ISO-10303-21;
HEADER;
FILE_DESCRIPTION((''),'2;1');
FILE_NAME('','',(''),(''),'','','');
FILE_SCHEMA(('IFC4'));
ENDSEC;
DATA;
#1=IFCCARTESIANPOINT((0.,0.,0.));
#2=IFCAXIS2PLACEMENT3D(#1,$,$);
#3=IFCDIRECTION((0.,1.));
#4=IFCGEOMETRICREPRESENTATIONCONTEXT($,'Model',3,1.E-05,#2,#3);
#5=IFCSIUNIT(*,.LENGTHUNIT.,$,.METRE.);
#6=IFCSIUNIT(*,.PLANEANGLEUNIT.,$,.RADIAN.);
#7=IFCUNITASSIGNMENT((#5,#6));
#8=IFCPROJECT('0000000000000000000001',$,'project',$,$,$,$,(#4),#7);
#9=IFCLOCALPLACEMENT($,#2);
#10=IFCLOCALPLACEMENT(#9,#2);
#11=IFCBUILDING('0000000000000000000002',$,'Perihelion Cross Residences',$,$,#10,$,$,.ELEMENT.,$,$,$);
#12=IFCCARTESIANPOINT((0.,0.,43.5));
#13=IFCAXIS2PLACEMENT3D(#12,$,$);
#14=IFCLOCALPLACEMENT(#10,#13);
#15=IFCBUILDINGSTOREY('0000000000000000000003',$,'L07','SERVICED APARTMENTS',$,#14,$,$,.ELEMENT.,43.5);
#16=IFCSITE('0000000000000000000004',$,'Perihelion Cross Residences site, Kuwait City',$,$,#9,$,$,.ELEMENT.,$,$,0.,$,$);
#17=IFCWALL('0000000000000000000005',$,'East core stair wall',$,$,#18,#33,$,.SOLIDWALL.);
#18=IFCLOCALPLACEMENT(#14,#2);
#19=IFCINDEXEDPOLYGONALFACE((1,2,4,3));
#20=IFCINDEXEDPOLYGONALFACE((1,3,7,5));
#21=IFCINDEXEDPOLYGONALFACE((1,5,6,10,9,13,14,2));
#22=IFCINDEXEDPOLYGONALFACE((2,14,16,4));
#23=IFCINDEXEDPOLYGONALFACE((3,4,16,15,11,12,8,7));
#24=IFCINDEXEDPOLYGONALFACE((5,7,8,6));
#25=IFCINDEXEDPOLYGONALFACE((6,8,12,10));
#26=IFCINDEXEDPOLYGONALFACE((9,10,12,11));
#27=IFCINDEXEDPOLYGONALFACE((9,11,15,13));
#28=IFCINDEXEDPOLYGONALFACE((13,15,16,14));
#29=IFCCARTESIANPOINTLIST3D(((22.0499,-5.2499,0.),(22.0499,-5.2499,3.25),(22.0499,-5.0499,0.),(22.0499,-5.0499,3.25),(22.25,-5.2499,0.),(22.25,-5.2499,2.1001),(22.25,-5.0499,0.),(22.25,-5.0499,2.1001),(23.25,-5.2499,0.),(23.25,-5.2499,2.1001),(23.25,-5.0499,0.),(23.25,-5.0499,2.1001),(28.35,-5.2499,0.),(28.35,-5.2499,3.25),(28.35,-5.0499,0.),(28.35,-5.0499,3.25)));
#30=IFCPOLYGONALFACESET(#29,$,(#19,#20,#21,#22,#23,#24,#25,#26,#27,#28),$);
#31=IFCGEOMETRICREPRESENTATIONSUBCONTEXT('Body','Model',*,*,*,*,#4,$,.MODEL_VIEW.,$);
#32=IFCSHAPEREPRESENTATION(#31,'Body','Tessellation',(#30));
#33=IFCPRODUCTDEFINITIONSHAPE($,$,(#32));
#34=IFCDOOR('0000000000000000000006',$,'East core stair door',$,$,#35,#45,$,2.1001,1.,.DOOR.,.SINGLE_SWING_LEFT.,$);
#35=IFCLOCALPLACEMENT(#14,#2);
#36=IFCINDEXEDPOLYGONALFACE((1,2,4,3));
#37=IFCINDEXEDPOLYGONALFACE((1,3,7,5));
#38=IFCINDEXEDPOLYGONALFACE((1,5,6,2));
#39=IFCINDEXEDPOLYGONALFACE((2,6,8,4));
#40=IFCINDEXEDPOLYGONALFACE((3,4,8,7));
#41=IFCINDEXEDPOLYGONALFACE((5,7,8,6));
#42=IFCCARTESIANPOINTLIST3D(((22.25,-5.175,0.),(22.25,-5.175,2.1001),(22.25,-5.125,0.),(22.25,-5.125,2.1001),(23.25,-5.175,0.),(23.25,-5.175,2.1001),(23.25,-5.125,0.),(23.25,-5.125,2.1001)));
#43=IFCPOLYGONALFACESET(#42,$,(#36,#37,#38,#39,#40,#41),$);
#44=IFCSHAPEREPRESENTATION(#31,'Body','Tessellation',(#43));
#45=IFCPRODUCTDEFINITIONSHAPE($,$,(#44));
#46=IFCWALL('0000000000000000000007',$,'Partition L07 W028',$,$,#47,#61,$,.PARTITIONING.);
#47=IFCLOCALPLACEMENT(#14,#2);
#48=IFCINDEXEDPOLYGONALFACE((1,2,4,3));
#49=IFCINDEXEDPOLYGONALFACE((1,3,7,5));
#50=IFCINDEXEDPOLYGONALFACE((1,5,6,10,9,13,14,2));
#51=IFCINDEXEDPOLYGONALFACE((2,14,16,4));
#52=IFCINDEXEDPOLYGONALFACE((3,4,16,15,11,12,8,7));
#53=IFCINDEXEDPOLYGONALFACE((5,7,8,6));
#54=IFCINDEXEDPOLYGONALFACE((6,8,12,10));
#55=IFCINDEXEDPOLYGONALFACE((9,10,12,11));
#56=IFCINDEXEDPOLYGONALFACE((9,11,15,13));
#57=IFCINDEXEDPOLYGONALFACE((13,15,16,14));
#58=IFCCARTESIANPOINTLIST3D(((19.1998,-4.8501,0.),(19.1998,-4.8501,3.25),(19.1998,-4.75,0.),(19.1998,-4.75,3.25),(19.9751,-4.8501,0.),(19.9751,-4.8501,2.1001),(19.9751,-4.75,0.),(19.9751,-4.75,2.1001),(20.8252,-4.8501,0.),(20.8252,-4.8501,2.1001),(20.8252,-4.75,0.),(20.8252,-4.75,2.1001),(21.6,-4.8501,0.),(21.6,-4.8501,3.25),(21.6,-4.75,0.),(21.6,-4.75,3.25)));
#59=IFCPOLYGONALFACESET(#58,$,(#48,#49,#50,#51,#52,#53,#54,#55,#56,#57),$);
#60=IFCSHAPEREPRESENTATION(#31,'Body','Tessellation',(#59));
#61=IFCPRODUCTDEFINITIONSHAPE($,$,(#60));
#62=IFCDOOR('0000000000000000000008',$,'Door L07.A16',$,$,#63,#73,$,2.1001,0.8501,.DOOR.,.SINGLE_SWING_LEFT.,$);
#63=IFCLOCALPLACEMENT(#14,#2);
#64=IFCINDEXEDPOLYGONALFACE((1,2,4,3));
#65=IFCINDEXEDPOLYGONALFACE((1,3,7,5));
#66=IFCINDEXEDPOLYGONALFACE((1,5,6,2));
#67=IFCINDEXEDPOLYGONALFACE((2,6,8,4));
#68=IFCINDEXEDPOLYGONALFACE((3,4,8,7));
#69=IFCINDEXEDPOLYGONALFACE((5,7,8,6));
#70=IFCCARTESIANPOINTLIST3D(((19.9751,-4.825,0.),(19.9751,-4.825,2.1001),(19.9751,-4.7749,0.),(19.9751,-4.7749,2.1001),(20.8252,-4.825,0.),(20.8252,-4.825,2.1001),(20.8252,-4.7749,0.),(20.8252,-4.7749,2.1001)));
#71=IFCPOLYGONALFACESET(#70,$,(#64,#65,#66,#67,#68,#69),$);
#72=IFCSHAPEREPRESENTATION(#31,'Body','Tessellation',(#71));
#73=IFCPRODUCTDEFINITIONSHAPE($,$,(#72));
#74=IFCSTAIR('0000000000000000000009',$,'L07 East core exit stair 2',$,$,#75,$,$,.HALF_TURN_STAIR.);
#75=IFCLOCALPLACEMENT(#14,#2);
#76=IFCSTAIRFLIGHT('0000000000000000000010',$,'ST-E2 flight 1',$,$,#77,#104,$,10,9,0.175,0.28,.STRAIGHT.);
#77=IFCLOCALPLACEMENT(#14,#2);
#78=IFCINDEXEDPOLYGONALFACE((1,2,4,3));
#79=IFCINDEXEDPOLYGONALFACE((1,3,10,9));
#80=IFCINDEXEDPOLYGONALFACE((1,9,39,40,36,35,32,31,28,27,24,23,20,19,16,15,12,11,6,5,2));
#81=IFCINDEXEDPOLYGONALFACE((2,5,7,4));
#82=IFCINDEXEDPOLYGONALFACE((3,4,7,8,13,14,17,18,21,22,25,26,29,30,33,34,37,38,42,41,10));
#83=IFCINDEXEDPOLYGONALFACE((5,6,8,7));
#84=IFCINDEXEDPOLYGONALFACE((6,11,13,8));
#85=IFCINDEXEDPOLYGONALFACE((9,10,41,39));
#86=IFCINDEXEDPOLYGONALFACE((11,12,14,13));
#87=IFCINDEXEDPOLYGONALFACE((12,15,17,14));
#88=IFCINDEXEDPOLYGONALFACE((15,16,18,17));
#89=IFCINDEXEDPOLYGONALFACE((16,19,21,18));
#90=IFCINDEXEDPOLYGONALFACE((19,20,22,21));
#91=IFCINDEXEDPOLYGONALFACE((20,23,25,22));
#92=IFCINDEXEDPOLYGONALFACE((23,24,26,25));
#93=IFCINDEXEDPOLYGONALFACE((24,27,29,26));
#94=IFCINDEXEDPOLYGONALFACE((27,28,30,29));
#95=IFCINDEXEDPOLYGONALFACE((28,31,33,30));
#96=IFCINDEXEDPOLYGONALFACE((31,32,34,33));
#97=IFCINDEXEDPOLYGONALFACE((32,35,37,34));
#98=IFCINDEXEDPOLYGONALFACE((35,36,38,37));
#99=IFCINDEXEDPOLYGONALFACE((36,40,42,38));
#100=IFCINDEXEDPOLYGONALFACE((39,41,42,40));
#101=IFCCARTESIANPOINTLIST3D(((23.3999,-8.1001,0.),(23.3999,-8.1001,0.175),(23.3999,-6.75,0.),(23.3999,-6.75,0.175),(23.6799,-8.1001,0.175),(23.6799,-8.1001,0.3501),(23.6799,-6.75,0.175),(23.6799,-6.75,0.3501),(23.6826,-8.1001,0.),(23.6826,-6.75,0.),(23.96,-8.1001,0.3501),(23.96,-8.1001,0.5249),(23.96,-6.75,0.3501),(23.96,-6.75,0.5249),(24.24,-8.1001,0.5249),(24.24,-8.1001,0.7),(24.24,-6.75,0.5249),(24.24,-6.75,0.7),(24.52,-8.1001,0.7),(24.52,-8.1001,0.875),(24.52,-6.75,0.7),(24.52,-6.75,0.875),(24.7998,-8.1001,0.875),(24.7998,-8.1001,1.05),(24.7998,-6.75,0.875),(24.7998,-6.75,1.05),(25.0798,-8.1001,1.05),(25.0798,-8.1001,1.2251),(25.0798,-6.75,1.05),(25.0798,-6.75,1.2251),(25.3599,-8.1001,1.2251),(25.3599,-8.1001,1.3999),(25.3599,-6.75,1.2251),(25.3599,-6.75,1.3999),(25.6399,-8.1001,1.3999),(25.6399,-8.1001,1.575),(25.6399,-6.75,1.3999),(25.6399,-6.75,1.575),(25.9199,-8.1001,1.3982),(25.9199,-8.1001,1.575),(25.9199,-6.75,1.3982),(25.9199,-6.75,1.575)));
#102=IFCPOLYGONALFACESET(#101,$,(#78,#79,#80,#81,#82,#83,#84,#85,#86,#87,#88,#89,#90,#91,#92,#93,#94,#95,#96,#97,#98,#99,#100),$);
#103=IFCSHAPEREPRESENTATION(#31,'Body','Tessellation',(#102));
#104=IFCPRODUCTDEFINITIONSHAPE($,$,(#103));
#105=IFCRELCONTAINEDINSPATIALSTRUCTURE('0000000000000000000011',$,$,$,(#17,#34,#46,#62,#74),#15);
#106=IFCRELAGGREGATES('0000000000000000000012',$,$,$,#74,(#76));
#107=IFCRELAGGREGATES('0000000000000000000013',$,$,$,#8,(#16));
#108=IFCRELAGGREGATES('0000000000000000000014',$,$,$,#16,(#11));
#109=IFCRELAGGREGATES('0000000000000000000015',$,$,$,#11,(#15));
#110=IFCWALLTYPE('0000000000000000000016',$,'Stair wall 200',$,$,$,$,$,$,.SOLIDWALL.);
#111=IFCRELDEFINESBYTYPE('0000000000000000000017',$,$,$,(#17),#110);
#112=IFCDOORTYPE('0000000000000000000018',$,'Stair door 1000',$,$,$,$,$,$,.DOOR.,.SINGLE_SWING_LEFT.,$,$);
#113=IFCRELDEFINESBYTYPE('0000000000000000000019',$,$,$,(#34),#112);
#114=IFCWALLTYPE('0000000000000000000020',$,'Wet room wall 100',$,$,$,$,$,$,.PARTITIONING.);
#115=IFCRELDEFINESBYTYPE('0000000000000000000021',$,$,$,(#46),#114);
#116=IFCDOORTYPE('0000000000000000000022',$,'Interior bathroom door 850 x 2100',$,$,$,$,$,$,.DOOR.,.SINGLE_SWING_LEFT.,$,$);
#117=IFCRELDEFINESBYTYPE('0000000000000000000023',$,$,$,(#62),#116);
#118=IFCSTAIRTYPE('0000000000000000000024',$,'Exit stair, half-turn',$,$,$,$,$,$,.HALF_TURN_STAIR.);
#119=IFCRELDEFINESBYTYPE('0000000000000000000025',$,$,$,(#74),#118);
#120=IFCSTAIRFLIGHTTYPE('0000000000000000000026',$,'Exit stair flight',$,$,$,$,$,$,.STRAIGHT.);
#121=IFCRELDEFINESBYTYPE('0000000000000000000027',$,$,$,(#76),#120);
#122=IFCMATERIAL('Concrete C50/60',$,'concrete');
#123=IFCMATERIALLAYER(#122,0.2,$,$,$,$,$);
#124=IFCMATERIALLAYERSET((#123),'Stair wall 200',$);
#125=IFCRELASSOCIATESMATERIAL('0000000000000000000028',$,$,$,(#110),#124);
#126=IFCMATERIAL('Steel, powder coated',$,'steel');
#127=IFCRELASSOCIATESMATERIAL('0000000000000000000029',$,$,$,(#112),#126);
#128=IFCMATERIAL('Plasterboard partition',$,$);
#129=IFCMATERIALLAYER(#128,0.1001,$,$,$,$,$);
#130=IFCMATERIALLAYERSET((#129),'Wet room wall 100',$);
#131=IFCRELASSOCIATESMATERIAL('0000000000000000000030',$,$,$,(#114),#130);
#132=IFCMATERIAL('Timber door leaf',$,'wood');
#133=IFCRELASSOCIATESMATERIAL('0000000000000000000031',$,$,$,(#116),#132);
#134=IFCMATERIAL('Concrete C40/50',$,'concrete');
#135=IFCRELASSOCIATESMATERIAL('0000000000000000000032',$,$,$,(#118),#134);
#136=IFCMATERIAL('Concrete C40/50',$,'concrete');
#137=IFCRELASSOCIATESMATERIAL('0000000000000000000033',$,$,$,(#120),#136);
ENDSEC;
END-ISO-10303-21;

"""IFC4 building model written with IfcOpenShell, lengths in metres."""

from ifc_helpers import new_model, si_unit, direction, frame, frame_2d, origin, place, context, subcontext, project, spatial, polyline, rectangle, outline, extrude, material, layer, layer_set, type_object, element, fill, aggregate, save


model = new_model("IFC4")

# Units and contexts
model_context = context("Model", 3, precision=1e-05, world=origin(), true_north=direction((0.0, 1.0)))
body_context = subcontext(model_context, "Body", "Model", "MODEL_VIEW")
ifc_project = project(units=[si_unit("LENGTHUNIT", "METRE"), si_unit("PLANEANGLEUNIT", "RADIAN")], contexts=[model_context])

# Site, building, storey
site_placement = place(None, origin())
site = spatial("IfcSite", under=ifc_project, at=site_placement, Name="Perihelion Cross Residences site, Kuwait City", CompositionType="ELEMENT", RefElevation=0.0)
building_placement = place(site_placement, origin())
building = spatial("IfcBuilding", under=site, at=building_placement, Name="Perihelion Cross Residences", CompositionType="ELEMENT")
storey_placement = place(building_placement, frame((0.0, 0.0, 43.5)))
storey = spatial("IfcBuildingStorey", under=building, at=storey_placement, Name="L07", Description="SERVICED APARTMENTS", CompositionType="ELEMENT", Elevation=43.5)

# Walls, openings, doors
ifc_material_1 = material(Name="Concrete C50/60", Category="concrete")
ifc_layer_1 = layer(ifc_material_1, 0.2)
ifc_layer_set_1 = layer_set([ifc_layer_1], Name="Stair wall 200")
wall_type_1 = type_object("IfcWallType", Name="Stair wall 200", PredefinedType="SOLIDWALL", material=ifc_layer_set_1)
wall_1_placement = place(storey_placement, frame((22.05, -5.1499, 0.0), z_axis=(0.0, 0.0, 1.0), x_axis=(1.0, 0.0, 0.0)))
wall_1 = element("IfcWall", 1, at=wall_1_placement, inside=storey, type_object=wall_type_1, Name="East core stair wall", PredefinedType="SOLIDWALL", context=body_context, shape_type="SweptSolid", body=[
    extrude(rectangle(XDim=6.3, YDim=0.2, at=frame_2d((3.1499, 0.0))), origin(), (0.0, 0.0, 1.0), 3.25),
])
opening_1_placement = place(wall_1_placement, frame((0.2, 0.0, 0.0)))
opening_1 = element("IfcOpeningElement", 2, at=opening_1_placement, cuts=wall_1, PredefinedType="OPENING", context=body_context, shape_type="SweptSolid", body=[
    extrude(rectangle(XDim=1.0, YDim=2.1001, at=frame_2d((0.5, 1.05))), frame((0.0, 0.1099, 0.0), z_axis=(0.0, -1.0, 0.0), x_axis=(1.0, 0.0, 0.0)), (0.0, 0.0, 1.0), 0.22),
])
ifc_material_2 = material(Name="Steel, powder coated", Category="steel")
door_type_1 = type_object("IfcDoorType", Name="Stair door 1000", OperationType="SINGLE_SWING_LEFT", PredefinedType="DOOR", material=ifc_material_2)
door_1_placement = place(opening_1_placement, origin())
door_1 = element("IfcDoor", 3, at=door_1_placement, inside=storey, type_object=door_type_1, Name="East core stair door", OperationType="SINGLE_SWING_LEFT", OverallHeight=2.1001, OverallWidth=1.0, PredefinedType="DOOR", context=body_context, shape_type="SweptSolid", body=[
    extrude(rectangle(XDim=1.0, YDim=2.1001, at=frame_2d((0.5, 1.05))), frame((0.0, 0.0249, 0.0), z_axis=(0.0, -1.0, 0.0), x_axis=(1.0, 0.0, 0.0)), (0.0, 0.0, 1.0), 0.05),
])
fill(opening_1, door_1)
ifc_material_3 = material(Name="Plasterboard partition")
ifc_layer_2 = layer(ifc_material_3, 0.1001)
ifc_layer_set_2 = layer_set([ifc_layer_2], Name="Wet room wall 100")
wall_type_2 = type_object("IfcWallType", Name="Wet room wall 100", PredefinedType="PARTITIONING", material=ifc_layer_set_2)
wall_2_placement = place(storey_placement, frame((21.6001, -4.8, 0.0), z_axis=(0.0, 0.0, 1.0), x_axis=(-1.0, 0.0, 0.0)))
wall_2 = element("IfcWall", 4, at=wall_2_placement, inside=storey, type_object=wall_type_2, Name="Partition L07 W028", PredefinedType="PARTITIONING", context=body_context, shape_type="SweptSolid", body=[
    extrude(rectangle(XDim=2.4001, YDim=0.1001, at=frame_2d((1.2002, 0.0))), origin(), (0.0, 0.0, 1.0), 3.25),
])
opening_2_placement = place(wall_2_placement, frame((0.7749, 0.0, 0.0)))
opening_2 = element("IfcOpeningElement", 5, at=opening_2_placement, cuts=wall_2, PredefinedType="OPENING", context=body_context, shape_type="SweptSolid", body=[
    extrude(rectangle(XDim=0.8501, YDim=2.1001, at=frame_2d((0.425, 1.05))), frame((0.0, 0.0601, 0.0), z_axis=(0.0, -1.0, 0.0), x_axis=(1.0, 0.0, 0.0)), (0.0, 0.0, 1.0), 0.1201),
])
ifc_material_4 = material(Name="Timber door leaf", Category="wood")
door_type_2 = type_object("IfcDoorType", Name="Interior bathroom door 850 x 2100", OperationType="SINGLE_SWING_LEFT", PredefinedType="DOOR", material=ifc_material_4)
door_2_placement = place(opening_2_placement, origin())
door_2 = element("IfcDoor", 6, at=door_2_placement, inside=storey, type_object=door_type_2, Name="Door L07.A16", OperationType="SINGLE_SWING_LEFT", OverallHeight=2.1001, OverallWidth=0.8501, PredefinedType="DOOR", context=body_context, shape_type="SweptSolid", body=[
    extrude(rectangle(XDim=0.8501, YDim=2.1001, at=frame_2d((0.425, 1.05))), frame((0.0, 0.0249, 0.0), z_axis=(0.0, -1.0, 0.0), x_axis=(1.0, 0.0, 0.0)), (0.0, 0.0, 1.0), 0.05),
])
fill(opening_2, door_2)

# Stair, stair flight
ifc_material_5 = material(Name="Concrete C40/50", Category="concrete")
stair_type = type_object("IfcStairType", Name="Exit stair, half-turn", PredefinedType="HALF_TURN_STAIR", material=ifc_material_5)
stair_placement = place(storey_placement, origin())
stair = element("IfcStair", 7, at=stair_placement, inside=storey, type_object=stair_type, Name="L07 East core exit stair 2", PredefinedType="HALF_TURN_STAIR")
ifc_material_6 = material(Name="Concrete C40/50", Category="concrete")
stair_flight_type = type_object("IfcStairFlightType", Name="Exit stair flight", PredefinedType="STRAIGHT", material=ifc_material_6)
stair_flight_placement = place(storey_placement, frame((23.3999, -7.425, 0.0), z_axis=(0.0, 0.0, 1.0), x_axis=(1.0, 0.0, 0.0)))
stair_flight = element("IfcStairFlight", 8, at=stair_flight_placement, type_object=stair_flight_type, Name="ST-E2 flight 1", NumberOfRisers=10, NumberOfTreads=9, PredefinedType="STRAIGHT", RiserHeight=0.175, TreadLength=0.28, context=body_context, shape_type="SweptSolid", body=[
    extrude(outline(polyline([(0.0, 0.0), (0.0, 0.175), (0.28, 0.175), (0.28, 0.3501), (0.5601, 0.3501), (0.5601, 0.5249), (0.8401, 0.5249), (0.8401, 0.7), (1.1201, 0.7), (1.1201, 0.875), (1.3999, 0.875), (1.3999, 1.05), (1.6799, 1.05), (1.6799, 1.2251), (1.96, 1.2251), (1.96, 1.3999), (2.24, 1.3999), (2.24, 1.575), (2.52, 1.575), (2.52, 1.75), (2.52, 1.3982), (0.2827, 0.0), (0.0, 0.0)])), frame((0.0, 0.675, 0.0), z_axis=(0.0, -1.0, 0.0), x_axis=(1.0, 0.0, 0.0)), (0.0, 0.0, 1.0), 1.3501),
])
aggregate(stair, [stair_flight])

save(model, "model.ifc")
